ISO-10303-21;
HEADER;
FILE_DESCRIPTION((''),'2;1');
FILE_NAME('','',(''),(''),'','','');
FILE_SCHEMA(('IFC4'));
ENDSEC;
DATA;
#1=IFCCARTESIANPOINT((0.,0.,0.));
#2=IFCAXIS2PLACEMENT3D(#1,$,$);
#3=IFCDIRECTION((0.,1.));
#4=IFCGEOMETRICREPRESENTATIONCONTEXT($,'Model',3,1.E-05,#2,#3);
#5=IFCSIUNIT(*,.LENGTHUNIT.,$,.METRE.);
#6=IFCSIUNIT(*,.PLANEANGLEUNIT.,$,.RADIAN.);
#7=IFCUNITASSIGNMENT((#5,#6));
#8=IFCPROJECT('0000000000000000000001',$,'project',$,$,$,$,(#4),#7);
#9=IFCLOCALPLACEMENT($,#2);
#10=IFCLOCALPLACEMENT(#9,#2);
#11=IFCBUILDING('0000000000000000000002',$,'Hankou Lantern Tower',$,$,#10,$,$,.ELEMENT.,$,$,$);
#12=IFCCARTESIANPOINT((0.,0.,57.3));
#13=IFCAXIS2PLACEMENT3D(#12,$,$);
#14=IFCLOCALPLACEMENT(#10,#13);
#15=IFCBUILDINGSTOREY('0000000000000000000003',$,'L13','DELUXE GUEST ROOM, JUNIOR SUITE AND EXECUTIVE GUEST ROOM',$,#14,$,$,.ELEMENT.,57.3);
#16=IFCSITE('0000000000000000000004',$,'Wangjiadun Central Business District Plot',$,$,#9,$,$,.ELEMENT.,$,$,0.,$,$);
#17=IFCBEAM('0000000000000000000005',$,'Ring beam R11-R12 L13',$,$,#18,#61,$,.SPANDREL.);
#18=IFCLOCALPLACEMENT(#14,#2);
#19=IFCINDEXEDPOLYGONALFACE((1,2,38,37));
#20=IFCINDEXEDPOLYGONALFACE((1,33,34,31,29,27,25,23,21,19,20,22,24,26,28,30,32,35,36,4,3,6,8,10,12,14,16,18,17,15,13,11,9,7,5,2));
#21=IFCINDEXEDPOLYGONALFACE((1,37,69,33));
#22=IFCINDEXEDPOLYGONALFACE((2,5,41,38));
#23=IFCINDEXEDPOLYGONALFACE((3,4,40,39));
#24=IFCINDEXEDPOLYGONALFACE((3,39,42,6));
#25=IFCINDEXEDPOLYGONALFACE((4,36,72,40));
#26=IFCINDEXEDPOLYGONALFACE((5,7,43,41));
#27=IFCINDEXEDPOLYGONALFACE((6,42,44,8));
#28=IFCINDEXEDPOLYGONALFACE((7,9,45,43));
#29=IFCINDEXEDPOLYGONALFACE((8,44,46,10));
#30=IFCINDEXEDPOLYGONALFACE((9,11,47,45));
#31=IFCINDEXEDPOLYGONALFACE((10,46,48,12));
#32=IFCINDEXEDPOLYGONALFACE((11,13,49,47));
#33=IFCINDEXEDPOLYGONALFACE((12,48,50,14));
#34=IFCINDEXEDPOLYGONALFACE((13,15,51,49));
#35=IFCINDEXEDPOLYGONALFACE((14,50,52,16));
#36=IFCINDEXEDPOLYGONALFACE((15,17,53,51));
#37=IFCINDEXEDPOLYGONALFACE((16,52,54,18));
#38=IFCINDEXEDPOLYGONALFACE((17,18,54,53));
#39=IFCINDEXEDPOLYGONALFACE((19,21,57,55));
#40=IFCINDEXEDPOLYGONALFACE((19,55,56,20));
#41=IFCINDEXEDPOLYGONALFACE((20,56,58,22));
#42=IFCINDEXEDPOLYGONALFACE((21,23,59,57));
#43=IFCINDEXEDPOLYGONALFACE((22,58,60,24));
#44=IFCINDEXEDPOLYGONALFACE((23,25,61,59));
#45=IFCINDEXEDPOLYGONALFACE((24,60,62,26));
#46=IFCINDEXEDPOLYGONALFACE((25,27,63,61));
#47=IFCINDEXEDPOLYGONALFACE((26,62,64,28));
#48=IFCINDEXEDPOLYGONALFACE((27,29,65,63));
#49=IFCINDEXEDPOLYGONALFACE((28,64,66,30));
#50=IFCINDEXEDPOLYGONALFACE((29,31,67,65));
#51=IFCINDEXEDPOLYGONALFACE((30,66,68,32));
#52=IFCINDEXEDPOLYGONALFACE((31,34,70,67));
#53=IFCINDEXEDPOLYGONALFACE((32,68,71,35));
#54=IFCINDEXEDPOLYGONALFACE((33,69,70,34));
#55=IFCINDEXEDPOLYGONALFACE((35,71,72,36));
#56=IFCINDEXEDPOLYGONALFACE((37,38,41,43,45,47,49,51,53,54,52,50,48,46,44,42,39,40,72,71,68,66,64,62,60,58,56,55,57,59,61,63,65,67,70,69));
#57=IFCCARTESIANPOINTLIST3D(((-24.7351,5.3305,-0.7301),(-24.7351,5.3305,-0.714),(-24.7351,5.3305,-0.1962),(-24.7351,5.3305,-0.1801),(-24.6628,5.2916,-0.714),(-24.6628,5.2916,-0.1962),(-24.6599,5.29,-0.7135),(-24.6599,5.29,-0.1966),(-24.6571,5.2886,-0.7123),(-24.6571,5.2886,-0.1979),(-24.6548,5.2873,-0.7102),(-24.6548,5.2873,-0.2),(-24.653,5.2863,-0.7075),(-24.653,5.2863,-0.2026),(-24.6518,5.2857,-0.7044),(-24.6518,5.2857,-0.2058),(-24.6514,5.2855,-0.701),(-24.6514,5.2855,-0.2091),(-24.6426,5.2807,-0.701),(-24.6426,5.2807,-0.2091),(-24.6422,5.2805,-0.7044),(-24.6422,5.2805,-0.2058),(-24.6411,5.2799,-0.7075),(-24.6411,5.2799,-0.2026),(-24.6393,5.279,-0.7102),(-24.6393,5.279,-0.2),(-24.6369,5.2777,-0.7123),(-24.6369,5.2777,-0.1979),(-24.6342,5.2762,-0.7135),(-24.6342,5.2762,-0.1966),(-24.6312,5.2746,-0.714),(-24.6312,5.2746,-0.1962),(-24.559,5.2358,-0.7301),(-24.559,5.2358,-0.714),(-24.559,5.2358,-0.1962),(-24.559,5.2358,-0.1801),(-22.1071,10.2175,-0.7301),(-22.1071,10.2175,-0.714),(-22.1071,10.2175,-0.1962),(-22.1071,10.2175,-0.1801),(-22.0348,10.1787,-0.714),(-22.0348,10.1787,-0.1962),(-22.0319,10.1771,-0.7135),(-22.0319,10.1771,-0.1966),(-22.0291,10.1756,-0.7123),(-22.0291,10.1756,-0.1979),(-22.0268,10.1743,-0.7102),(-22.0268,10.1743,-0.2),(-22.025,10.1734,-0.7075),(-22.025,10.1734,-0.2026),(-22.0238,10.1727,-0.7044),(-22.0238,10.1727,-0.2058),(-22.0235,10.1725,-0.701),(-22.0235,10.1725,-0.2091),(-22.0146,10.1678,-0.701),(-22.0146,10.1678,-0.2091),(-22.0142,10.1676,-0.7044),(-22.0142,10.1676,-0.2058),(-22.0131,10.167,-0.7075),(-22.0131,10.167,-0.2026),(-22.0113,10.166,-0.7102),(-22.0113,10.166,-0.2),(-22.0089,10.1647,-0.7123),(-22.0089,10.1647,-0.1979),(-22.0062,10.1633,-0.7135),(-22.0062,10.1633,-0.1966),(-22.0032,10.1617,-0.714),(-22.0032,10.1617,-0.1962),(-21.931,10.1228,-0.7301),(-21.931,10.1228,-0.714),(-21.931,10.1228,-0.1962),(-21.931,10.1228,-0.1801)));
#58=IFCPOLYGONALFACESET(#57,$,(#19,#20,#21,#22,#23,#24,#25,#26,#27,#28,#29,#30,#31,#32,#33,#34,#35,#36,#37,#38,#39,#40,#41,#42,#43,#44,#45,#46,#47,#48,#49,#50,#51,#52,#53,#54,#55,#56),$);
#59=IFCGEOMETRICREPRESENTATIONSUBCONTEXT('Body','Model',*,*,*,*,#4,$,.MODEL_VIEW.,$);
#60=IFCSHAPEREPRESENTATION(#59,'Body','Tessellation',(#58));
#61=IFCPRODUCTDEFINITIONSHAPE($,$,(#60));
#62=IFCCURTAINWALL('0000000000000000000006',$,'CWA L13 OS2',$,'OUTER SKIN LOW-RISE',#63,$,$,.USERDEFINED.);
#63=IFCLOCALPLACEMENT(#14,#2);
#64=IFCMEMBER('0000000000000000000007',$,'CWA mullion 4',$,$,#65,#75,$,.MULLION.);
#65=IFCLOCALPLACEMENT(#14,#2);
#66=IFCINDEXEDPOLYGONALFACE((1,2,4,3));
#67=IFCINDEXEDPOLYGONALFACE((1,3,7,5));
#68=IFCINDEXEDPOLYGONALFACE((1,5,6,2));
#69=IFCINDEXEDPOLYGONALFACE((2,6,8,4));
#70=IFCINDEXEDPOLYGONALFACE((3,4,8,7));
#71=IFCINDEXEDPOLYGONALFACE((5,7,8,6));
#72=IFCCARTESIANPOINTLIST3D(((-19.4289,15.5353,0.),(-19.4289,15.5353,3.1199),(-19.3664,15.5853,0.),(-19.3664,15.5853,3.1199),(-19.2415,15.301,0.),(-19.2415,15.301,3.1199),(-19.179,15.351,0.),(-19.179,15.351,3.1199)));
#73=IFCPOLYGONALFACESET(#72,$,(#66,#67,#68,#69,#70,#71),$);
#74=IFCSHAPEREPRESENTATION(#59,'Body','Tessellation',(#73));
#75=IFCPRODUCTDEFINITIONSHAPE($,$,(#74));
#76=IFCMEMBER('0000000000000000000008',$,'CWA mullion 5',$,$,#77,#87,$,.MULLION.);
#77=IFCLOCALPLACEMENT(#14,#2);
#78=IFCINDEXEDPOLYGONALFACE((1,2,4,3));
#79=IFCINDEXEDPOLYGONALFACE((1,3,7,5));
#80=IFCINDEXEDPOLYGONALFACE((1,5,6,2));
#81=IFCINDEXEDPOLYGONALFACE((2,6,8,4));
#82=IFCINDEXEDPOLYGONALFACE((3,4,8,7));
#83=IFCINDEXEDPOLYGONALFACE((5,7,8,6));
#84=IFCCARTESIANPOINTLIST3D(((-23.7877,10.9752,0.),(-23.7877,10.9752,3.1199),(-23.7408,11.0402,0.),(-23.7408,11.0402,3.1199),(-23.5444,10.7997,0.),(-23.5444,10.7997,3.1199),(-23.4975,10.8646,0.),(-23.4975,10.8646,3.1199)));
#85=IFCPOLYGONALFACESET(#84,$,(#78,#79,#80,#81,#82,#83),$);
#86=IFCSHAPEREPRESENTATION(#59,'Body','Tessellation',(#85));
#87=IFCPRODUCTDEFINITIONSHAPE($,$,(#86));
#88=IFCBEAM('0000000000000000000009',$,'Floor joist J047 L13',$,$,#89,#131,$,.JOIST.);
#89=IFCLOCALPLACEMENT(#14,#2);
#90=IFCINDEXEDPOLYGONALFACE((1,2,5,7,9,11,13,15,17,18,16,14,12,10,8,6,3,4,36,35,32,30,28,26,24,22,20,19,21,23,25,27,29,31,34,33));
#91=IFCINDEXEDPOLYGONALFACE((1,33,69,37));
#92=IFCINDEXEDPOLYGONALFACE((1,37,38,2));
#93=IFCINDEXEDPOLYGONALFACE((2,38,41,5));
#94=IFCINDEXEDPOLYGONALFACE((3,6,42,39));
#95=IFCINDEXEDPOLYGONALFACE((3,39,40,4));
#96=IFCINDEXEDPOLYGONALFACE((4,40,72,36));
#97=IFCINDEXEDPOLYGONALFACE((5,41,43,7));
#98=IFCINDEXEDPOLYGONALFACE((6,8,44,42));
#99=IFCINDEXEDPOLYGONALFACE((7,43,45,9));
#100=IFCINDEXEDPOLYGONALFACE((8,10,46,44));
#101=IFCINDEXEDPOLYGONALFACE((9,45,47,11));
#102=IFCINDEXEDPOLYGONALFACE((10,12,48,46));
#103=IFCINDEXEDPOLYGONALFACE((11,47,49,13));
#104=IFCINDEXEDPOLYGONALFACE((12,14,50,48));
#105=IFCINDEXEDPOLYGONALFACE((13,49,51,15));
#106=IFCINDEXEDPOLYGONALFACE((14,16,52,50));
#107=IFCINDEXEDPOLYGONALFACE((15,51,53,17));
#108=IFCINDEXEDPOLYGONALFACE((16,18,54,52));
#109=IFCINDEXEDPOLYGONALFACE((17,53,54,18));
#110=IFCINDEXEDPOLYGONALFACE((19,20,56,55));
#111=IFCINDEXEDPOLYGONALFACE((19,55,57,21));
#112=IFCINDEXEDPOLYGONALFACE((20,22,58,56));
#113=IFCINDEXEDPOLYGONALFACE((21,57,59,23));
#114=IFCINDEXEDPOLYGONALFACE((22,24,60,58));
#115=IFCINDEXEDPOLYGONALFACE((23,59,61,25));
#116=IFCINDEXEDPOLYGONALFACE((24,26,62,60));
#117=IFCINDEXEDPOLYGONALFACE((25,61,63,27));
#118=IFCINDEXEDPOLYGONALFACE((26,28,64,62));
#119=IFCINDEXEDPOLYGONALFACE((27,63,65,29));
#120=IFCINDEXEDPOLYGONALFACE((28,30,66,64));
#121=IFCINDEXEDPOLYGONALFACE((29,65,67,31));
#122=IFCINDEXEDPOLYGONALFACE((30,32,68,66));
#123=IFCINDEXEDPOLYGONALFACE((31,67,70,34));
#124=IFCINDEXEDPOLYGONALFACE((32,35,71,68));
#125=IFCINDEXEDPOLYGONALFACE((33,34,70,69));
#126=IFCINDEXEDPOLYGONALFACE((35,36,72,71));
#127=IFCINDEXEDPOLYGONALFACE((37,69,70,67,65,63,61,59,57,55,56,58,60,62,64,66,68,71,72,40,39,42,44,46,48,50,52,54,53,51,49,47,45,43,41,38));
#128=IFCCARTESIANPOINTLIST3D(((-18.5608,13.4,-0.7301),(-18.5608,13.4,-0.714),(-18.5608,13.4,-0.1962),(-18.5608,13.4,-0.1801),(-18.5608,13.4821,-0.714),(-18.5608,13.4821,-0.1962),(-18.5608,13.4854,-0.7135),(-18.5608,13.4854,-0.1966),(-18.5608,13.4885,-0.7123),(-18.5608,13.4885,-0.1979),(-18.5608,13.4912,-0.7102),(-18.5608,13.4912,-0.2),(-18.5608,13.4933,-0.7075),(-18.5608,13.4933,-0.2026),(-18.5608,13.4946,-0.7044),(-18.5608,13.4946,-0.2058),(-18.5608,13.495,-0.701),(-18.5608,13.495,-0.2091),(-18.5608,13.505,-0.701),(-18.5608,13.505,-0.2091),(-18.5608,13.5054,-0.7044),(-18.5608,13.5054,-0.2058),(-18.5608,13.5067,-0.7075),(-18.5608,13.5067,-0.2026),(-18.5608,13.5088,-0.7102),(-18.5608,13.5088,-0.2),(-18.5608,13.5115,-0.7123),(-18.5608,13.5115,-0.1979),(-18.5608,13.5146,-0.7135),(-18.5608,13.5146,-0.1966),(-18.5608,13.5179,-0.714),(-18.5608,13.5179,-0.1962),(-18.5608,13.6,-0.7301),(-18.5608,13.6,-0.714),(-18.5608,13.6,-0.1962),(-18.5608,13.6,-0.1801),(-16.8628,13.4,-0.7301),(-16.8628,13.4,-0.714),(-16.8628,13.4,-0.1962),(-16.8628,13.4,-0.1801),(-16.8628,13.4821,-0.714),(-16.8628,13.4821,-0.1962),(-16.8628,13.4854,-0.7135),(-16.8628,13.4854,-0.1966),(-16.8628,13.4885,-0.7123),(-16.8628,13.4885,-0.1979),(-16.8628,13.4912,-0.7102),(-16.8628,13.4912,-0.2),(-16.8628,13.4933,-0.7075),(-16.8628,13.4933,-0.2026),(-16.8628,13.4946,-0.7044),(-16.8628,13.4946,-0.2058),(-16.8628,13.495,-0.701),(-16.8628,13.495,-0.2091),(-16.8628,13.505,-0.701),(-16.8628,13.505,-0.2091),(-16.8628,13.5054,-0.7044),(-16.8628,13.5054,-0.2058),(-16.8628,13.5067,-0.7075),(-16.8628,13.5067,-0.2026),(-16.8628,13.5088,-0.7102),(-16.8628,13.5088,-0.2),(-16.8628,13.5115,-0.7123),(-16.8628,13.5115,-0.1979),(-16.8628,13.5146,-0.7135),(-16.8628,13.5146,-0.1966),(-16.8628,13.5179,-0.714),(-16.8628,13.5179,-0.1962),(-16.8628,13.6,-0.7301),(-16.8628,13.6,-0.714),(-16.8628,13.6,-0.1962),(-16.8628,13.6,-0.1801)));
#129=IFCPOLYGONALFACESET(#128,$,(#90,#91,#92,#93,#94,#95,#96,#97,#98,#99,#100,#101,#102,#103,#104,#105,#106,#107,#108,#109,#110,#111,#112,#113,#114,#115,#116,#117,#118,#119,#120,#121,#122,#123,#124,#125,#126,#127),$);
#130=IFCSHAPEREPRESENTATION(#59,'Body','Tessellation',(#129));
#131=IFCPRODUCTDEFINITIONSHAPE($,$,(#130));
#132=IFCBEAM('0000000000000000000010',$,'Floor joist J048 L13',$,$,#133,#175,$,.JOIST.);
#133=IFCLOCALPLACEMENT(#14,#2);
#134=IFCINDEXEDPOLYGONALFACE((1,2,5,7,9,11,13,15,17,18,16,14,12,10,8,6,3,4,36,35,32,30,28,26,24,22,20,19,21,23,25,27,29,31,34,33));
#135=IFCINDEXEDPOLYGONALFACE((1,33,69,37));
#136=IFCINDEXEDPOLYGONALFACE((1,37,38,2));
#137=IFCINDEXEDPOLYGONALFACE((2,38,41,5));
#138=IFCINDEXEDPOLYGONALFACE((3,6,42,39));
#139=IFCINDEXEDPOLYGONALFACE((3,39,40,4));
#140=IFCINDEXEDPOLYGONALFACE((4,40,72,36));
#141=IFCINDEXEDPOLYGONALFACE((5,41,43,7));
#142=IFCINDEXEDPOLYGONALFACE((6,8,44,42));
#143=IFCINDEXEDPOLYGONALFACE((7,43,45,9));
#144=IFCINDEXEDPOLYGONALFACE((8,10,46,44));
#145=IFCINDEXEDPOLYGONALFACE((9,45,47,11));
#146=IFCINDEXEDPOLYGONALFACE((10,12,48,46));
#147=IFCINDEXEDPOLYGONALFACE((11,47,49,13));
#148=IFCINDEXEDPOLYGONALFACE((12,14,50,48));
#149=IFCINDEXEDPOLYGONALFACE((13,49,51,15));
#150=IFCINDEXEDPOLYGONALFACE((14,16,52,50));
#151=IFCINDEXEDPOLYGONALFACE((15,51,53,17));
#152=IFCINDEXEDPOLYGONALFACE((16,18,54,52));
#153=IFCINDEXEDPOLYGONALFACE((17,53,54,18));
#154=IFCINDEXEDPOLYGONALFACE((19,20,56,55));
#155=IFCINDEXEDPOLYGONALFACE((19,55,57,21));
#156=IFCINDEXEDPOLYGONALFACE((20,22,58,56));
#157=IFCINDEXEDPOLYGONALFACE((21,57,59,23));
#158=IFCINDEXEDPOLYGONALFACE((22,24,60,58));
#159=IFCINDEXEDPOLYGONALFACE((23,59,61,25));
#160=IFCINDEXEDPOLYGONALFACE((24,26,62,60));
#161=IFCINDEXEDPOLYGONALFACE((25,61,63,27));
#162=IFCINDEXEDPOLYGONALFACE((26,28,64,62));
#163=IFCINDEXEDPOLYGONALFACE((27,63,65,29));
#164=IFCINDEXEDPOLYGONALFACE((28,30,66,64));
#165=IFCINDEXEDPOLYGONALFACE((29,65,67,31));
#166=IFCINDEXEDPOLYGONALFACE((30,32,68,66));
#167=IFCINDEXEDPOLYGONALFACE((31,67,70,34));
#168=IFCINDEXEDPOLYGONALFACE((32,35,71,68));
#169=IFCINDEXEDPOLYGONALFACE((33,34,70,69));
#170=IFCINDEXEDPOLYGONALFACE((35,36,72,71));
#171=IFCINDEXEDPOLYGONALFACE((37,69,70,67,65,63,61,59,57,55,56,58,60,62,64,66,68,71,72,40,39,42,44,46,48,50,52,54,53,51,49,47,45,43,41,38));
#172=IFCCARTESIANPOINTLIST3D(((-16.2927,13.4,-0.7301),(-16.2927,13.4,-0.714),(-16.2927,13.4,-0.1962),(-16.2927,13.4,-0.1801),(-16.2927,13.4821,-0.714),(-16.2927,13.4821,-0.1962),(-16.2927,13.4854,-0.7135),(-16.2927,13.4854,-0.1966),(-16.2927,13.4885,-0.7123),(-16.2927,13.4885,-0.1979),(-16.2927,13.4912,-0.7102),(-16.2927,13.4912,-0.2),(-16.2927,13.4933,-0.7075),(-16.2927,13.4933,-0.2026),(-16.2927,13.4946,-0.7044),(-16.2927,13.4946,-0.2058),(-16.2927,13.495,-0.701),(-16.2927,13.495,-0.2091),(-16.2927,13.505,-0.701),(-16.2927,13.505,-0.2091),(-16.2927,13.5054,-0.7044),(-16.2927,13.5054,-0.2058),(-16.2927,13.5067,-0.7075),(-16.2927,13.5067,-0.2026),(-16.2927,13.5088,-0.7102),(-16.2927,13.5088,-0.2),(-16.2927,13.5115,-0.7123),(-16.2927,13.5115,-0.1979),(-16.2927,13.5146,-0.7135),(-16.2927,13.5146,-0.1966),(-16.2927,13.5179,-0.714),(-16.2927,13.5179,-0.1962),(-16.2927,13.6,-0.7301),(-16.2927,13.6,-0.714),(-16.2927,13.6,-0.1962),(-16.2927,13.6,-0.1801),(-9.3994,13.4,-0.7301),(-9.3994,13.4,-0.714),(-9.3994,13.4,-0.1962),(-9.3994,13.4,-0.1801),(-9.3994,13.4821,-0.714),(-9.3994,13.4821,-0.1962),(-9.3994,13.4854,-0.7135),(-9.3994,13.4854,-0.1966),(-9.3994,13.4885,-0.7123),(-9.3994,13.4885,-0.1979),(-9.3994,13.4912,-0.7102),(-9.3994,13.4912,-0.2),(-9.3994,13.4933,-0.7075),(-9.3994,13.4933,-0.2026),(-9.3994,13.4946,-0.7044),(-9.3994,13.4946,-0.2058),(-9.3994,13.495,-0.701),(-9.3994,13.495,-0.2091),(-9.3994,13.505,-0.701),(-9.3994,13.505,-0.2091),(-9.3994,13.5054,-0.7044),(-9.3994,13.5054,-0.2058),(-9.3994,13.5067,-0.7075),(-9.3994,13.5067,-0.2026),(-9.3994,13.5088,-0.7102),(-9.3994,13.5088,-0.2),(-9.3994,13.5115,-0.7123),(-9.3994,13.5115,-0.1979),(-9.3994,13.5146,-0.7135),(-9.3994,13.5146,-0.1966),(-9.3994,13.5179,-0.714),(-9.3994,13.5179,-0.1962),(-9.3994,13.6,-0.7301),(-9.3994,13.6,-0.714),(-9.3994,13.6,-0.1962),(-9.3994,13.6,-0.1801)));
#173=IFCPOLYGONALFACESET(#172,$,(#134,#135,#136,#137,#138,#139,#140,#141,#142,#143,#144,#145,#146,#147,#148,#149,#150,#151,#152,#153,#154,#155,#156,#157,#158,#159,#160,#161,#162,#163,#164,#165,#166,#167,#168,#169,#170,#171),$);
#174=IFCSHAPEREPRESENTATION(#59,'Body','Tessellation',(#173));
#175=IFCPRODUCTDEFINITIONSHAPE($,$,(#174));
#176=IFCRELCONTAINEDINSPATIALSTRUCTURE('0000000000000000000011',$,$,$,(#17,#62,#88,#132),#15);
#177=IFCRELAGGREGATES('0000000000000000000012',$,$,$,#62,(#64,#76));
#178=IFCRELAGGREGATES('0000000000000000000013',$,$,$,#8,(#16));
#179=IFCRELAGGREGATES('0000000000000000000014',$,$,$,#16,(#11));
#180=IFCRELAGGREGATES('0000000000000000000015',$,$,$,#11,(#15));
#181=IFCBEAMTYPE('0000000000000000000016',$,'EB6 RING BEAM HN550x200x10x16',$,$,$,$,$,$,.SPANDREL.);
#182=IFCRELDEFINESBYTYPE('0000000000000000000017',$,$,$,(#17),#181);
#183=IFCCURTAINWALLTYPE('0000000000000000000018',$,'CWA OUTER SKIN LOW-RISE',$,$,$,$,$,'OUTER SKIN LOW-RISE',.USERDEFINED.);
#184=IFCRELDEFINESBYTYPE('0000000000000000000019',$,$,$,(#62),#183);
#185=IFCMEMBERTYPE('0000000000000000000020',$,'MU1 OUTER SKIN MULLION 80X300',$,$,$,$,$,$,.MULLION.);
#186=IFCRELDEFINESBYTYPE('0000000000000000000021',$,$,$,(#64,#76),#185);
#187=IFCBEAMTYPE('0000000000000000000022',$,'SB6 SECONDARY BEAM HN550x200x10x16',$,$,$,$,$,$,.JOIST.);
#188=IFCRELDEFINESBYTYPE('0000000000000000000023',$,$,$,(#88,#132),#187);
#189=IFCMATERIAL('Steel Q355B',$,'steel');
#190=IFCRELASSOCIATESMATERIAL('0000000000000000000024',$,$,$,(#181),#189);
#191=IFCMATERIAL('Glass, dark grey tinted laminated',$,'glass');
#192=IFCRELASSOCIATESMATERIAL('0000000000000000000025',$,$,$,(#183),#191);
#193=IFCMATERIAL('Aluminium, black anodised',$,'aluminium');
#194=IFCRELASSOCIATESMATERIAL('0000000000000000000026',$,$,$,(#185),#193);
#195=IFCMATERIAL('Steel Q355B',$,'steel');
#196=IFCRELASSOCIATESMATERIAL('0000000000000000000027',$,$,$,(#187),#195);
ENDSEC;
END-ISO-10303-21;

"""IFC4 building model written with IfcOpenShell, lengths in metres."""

from ifc_helpers import new_model, si_unit, direction, frame, origin, origin_2d, place, context, subcontext, project, spatial, rectangle, i_section, extrude, material, material_profile, profile_set, type_object, element, aggregate, save


model = new_model("IFC4")

# Units and contexts
model_context = context("Model", 3, precision=1e-05, world=origin(), true_north=direction((0.0, 1.0)))
body_context = subcontext(model_context, "Body", "Model", "MODEL_VIEW")
ifc_project = project(units=[si_unit("LENGTHUNIT", "METRE"), si_unit("PLANEANGLEUNIT", "RADIAN")], contexts=[model_context])

# Site, building, storey
site_placement = place(None, origin())
site = spatial("IfcSite", under=ifc_project, at=site_placement, Name="Wangjiadun Central Business District Plot", CompositionType="ELEMENT", RefElevation=0.0)
building_placement = place(site_placement, origin())
building = spatial("IfcBuilding", under=site, at=building_placement, Name="Hankou Lantern Tower", CompositionType="ELEMENT")
storey_placement = place(building_placement, frame((0.0, 0.0, 57.3)))
storey = spatial("IfcBuildingStorey", under=building, at=storey_placement, Name="L13", Description="DELUXE GUEST ROOM, JUNIOR SUITE AND EXECUTIVE GUEST ROOM", CompositionType="ELEMENT", Elevation=57.3)

# Beam
ifc_material_1 = material(Name="Steel Q355B", Category="steel")
ifc_material_profile_1 = material_profile(ifc_material_1, i_section(OverallWidth=0.2, OverallDepth=0.55, WebThickness=0.01, FlangeThickness=0.0161, FilletRadius=0.0129, at=origin_2d()), Name="HN550x200x10x16")
ifc_profile_set_1 = profile_set([ifc_material_profile_1], Name="Steel Q355B")
beam_type_1 = type_object("IfcBeamType", Name="EB6 RING BEAM HN550x200x10x16", PredefinedType="SPANDREL", material=ifc_profile_set_1)
beam_1_placement = place(storey_placement, frame((-22.019, 10.1702, -0.4551), z_axis=(-0.473609, -0.880735, 0.0), x_axis=(0.880735, -0.473609, 0.0)))
element("IfcBeam", 1, at=beam_1_placement, inside=storey, type_object=beam_type_1, Name="Ring beam R11-R12 L13", PredefinedType="SPANDREL", context=body_context, shape_type="SweptSolid", body=[
    extrude(i_section(OverallWidth=0.2, OverallDepth=0.55, WebThickness=0.01, FlangeThickness=0.0161, FilletRadius=0.0129, at=origin_2d()), origin(), (0.0, 0.0, 1.0), 5.5488),
])

# Curtain wall, members
ifc_material_2 = material(Name="Glass, dark grey tinted laminated", Category="glass")
curtain_wall_type = type_object("IfcCurtainWallType", Name="CWA OUTER SKIN LOW-RISE", ElementType="OUTER SKIN LOW-RISE", PredefinedType="USERDEFINED", material=ifc_material_2)
curtain_wall_placement = place(storey_placement, origin())
curtain_wall = element("IfcCurtainWall", 2, at=curtain_wall_placement, inside=storey, type_object=curtain_wall_type, Name="CWA L13 OS2", ObjectType="OUTER SKIN LOW-RISE", PredefinedType="USERDEFINED")
ifc_material_3 = material(Name="Aluminium, black anodised", Category="aluminium")
ifc_material_profile_2 = material_profile(ifc_material_3, rectangle(XDim=0.0801, YDim=0.3, at=origin_2d()), Name="MU1 80X300")
ifc_profile_set_2 = profile_set([ifc_material_profile_2], Name="Aluminium, black anodised")
member_type_1 = type_object("IfcMemberType", Name="MU1 OUTER SKIN MULLION 80X300", PredefinedType="MULLION", material=ifc_profile_set_2)
member_1_placement = place(storey_placement, frame((-19.304, 15.4431, 0.0), z_axis=(0.0, 0.0, 1.0), x_axis=(-0.780869, -0.624695, 0.0)))
member_1 = element("IfcMember", 3, at=member_1_placement, type_object=member_type_1, Name="CWA mullion 4", PredefinedType="MULLION", context=body_context, shape_type="SweptSolid", body=[
    extrude(rectangle(XDim=0.0801, YDim=0.3, at=origin_2d()), origin(), (0.0, 0.0, 1.0), 3.1199),
])
member_2_placement = place(storey_placement, frame((-23.6426, 10.9199, 0.0), z_axis=(0.0, 0.0, 1.0), x_axis=(-0.585206, -0.810885, 0.0)))
member_2 = element("IfcMember", 4, at=member_2_placement, type_object=member_type_1, Name="CWA mullion 5", PredefinedType="MULLION", context=body_context, shape_type="SweptSolid", body=[
    extrude(rectangle(XDim=0.0801, YDim=0.3, at=origin_2d()), origin(), (0.0, 0.0, 1.0), 3.1199),
])

# Beams
ifc_material_4 = material(Name="Steel Q355B", Category="steel")
ifc_material_profile_3 = material_profile(ifc_material_4, i_section(OverallWidth=0.2, OverallDepth=0.55, WebThickness=0.01, FlangeThickness=0.0161, FilletRadius=0.0129, at=origin_2d()), Name="HN550x200x10x16")
ifc_profile_set_3 = profile_set([ifc_material_profile_3], Name="Steel Q355B")
beam_type_2 = type_object("IfcBeamType", Name="SB6 SECONDARY BEAM HN550x200x10x16", PredefinedType="JOIST", material=ifc_profile_set_3)
beam_2_placement = place(storey_placement, frame((-18.5608, 13.5, -0.4551), z_axis=(1.0, 0.0, 0.0), x_axis=(0.0, 1.0, 0.0)))
element("IfcBeam", 5, at=beam_2_placement, inside=storey, type_object=beam_type_2, Name="Floor joist J047 L13", PredefinedType="JOIST", context=body_context, shape_type="SweptSolid", body=[
    extrude(i_section(OverallWidth=0.2, OverallDepth=0.55, WebThickness=0.01, FlangeThickness=0.0161, FilletRadius=0.0129, at=origin_2d()), origin(), (0.0, 0.0, 1.0), 1.698),
])
beam_3_placement = place(storey_placement, frame((-16.2927, 13.5, -0.4551), z_axis=(1.0, 0.0, 0.0), x_axis=(0.0, 1.0, 0.0)))
element("IfcBeam", 6, at=beam_3_placement, inside=storey, type_object=beam_type_2, Name="Floor joist J048 L13", PredefinedType="JOIST", context=body_context, shape_type="SweptSolid", body=[
    extrude(i_section(OverallWidth=0.2, OverallDepth=0.55, WebThickness=0.01, FlangeThickness=0.0161, FilletRadius=0.0129, at=origin_2d()), origin(), (0.0, 0.0, 1.0), 6.8933),
])

aggregate(curtain_wall, [member_1, member_2])

save(model, "model.ifc")
